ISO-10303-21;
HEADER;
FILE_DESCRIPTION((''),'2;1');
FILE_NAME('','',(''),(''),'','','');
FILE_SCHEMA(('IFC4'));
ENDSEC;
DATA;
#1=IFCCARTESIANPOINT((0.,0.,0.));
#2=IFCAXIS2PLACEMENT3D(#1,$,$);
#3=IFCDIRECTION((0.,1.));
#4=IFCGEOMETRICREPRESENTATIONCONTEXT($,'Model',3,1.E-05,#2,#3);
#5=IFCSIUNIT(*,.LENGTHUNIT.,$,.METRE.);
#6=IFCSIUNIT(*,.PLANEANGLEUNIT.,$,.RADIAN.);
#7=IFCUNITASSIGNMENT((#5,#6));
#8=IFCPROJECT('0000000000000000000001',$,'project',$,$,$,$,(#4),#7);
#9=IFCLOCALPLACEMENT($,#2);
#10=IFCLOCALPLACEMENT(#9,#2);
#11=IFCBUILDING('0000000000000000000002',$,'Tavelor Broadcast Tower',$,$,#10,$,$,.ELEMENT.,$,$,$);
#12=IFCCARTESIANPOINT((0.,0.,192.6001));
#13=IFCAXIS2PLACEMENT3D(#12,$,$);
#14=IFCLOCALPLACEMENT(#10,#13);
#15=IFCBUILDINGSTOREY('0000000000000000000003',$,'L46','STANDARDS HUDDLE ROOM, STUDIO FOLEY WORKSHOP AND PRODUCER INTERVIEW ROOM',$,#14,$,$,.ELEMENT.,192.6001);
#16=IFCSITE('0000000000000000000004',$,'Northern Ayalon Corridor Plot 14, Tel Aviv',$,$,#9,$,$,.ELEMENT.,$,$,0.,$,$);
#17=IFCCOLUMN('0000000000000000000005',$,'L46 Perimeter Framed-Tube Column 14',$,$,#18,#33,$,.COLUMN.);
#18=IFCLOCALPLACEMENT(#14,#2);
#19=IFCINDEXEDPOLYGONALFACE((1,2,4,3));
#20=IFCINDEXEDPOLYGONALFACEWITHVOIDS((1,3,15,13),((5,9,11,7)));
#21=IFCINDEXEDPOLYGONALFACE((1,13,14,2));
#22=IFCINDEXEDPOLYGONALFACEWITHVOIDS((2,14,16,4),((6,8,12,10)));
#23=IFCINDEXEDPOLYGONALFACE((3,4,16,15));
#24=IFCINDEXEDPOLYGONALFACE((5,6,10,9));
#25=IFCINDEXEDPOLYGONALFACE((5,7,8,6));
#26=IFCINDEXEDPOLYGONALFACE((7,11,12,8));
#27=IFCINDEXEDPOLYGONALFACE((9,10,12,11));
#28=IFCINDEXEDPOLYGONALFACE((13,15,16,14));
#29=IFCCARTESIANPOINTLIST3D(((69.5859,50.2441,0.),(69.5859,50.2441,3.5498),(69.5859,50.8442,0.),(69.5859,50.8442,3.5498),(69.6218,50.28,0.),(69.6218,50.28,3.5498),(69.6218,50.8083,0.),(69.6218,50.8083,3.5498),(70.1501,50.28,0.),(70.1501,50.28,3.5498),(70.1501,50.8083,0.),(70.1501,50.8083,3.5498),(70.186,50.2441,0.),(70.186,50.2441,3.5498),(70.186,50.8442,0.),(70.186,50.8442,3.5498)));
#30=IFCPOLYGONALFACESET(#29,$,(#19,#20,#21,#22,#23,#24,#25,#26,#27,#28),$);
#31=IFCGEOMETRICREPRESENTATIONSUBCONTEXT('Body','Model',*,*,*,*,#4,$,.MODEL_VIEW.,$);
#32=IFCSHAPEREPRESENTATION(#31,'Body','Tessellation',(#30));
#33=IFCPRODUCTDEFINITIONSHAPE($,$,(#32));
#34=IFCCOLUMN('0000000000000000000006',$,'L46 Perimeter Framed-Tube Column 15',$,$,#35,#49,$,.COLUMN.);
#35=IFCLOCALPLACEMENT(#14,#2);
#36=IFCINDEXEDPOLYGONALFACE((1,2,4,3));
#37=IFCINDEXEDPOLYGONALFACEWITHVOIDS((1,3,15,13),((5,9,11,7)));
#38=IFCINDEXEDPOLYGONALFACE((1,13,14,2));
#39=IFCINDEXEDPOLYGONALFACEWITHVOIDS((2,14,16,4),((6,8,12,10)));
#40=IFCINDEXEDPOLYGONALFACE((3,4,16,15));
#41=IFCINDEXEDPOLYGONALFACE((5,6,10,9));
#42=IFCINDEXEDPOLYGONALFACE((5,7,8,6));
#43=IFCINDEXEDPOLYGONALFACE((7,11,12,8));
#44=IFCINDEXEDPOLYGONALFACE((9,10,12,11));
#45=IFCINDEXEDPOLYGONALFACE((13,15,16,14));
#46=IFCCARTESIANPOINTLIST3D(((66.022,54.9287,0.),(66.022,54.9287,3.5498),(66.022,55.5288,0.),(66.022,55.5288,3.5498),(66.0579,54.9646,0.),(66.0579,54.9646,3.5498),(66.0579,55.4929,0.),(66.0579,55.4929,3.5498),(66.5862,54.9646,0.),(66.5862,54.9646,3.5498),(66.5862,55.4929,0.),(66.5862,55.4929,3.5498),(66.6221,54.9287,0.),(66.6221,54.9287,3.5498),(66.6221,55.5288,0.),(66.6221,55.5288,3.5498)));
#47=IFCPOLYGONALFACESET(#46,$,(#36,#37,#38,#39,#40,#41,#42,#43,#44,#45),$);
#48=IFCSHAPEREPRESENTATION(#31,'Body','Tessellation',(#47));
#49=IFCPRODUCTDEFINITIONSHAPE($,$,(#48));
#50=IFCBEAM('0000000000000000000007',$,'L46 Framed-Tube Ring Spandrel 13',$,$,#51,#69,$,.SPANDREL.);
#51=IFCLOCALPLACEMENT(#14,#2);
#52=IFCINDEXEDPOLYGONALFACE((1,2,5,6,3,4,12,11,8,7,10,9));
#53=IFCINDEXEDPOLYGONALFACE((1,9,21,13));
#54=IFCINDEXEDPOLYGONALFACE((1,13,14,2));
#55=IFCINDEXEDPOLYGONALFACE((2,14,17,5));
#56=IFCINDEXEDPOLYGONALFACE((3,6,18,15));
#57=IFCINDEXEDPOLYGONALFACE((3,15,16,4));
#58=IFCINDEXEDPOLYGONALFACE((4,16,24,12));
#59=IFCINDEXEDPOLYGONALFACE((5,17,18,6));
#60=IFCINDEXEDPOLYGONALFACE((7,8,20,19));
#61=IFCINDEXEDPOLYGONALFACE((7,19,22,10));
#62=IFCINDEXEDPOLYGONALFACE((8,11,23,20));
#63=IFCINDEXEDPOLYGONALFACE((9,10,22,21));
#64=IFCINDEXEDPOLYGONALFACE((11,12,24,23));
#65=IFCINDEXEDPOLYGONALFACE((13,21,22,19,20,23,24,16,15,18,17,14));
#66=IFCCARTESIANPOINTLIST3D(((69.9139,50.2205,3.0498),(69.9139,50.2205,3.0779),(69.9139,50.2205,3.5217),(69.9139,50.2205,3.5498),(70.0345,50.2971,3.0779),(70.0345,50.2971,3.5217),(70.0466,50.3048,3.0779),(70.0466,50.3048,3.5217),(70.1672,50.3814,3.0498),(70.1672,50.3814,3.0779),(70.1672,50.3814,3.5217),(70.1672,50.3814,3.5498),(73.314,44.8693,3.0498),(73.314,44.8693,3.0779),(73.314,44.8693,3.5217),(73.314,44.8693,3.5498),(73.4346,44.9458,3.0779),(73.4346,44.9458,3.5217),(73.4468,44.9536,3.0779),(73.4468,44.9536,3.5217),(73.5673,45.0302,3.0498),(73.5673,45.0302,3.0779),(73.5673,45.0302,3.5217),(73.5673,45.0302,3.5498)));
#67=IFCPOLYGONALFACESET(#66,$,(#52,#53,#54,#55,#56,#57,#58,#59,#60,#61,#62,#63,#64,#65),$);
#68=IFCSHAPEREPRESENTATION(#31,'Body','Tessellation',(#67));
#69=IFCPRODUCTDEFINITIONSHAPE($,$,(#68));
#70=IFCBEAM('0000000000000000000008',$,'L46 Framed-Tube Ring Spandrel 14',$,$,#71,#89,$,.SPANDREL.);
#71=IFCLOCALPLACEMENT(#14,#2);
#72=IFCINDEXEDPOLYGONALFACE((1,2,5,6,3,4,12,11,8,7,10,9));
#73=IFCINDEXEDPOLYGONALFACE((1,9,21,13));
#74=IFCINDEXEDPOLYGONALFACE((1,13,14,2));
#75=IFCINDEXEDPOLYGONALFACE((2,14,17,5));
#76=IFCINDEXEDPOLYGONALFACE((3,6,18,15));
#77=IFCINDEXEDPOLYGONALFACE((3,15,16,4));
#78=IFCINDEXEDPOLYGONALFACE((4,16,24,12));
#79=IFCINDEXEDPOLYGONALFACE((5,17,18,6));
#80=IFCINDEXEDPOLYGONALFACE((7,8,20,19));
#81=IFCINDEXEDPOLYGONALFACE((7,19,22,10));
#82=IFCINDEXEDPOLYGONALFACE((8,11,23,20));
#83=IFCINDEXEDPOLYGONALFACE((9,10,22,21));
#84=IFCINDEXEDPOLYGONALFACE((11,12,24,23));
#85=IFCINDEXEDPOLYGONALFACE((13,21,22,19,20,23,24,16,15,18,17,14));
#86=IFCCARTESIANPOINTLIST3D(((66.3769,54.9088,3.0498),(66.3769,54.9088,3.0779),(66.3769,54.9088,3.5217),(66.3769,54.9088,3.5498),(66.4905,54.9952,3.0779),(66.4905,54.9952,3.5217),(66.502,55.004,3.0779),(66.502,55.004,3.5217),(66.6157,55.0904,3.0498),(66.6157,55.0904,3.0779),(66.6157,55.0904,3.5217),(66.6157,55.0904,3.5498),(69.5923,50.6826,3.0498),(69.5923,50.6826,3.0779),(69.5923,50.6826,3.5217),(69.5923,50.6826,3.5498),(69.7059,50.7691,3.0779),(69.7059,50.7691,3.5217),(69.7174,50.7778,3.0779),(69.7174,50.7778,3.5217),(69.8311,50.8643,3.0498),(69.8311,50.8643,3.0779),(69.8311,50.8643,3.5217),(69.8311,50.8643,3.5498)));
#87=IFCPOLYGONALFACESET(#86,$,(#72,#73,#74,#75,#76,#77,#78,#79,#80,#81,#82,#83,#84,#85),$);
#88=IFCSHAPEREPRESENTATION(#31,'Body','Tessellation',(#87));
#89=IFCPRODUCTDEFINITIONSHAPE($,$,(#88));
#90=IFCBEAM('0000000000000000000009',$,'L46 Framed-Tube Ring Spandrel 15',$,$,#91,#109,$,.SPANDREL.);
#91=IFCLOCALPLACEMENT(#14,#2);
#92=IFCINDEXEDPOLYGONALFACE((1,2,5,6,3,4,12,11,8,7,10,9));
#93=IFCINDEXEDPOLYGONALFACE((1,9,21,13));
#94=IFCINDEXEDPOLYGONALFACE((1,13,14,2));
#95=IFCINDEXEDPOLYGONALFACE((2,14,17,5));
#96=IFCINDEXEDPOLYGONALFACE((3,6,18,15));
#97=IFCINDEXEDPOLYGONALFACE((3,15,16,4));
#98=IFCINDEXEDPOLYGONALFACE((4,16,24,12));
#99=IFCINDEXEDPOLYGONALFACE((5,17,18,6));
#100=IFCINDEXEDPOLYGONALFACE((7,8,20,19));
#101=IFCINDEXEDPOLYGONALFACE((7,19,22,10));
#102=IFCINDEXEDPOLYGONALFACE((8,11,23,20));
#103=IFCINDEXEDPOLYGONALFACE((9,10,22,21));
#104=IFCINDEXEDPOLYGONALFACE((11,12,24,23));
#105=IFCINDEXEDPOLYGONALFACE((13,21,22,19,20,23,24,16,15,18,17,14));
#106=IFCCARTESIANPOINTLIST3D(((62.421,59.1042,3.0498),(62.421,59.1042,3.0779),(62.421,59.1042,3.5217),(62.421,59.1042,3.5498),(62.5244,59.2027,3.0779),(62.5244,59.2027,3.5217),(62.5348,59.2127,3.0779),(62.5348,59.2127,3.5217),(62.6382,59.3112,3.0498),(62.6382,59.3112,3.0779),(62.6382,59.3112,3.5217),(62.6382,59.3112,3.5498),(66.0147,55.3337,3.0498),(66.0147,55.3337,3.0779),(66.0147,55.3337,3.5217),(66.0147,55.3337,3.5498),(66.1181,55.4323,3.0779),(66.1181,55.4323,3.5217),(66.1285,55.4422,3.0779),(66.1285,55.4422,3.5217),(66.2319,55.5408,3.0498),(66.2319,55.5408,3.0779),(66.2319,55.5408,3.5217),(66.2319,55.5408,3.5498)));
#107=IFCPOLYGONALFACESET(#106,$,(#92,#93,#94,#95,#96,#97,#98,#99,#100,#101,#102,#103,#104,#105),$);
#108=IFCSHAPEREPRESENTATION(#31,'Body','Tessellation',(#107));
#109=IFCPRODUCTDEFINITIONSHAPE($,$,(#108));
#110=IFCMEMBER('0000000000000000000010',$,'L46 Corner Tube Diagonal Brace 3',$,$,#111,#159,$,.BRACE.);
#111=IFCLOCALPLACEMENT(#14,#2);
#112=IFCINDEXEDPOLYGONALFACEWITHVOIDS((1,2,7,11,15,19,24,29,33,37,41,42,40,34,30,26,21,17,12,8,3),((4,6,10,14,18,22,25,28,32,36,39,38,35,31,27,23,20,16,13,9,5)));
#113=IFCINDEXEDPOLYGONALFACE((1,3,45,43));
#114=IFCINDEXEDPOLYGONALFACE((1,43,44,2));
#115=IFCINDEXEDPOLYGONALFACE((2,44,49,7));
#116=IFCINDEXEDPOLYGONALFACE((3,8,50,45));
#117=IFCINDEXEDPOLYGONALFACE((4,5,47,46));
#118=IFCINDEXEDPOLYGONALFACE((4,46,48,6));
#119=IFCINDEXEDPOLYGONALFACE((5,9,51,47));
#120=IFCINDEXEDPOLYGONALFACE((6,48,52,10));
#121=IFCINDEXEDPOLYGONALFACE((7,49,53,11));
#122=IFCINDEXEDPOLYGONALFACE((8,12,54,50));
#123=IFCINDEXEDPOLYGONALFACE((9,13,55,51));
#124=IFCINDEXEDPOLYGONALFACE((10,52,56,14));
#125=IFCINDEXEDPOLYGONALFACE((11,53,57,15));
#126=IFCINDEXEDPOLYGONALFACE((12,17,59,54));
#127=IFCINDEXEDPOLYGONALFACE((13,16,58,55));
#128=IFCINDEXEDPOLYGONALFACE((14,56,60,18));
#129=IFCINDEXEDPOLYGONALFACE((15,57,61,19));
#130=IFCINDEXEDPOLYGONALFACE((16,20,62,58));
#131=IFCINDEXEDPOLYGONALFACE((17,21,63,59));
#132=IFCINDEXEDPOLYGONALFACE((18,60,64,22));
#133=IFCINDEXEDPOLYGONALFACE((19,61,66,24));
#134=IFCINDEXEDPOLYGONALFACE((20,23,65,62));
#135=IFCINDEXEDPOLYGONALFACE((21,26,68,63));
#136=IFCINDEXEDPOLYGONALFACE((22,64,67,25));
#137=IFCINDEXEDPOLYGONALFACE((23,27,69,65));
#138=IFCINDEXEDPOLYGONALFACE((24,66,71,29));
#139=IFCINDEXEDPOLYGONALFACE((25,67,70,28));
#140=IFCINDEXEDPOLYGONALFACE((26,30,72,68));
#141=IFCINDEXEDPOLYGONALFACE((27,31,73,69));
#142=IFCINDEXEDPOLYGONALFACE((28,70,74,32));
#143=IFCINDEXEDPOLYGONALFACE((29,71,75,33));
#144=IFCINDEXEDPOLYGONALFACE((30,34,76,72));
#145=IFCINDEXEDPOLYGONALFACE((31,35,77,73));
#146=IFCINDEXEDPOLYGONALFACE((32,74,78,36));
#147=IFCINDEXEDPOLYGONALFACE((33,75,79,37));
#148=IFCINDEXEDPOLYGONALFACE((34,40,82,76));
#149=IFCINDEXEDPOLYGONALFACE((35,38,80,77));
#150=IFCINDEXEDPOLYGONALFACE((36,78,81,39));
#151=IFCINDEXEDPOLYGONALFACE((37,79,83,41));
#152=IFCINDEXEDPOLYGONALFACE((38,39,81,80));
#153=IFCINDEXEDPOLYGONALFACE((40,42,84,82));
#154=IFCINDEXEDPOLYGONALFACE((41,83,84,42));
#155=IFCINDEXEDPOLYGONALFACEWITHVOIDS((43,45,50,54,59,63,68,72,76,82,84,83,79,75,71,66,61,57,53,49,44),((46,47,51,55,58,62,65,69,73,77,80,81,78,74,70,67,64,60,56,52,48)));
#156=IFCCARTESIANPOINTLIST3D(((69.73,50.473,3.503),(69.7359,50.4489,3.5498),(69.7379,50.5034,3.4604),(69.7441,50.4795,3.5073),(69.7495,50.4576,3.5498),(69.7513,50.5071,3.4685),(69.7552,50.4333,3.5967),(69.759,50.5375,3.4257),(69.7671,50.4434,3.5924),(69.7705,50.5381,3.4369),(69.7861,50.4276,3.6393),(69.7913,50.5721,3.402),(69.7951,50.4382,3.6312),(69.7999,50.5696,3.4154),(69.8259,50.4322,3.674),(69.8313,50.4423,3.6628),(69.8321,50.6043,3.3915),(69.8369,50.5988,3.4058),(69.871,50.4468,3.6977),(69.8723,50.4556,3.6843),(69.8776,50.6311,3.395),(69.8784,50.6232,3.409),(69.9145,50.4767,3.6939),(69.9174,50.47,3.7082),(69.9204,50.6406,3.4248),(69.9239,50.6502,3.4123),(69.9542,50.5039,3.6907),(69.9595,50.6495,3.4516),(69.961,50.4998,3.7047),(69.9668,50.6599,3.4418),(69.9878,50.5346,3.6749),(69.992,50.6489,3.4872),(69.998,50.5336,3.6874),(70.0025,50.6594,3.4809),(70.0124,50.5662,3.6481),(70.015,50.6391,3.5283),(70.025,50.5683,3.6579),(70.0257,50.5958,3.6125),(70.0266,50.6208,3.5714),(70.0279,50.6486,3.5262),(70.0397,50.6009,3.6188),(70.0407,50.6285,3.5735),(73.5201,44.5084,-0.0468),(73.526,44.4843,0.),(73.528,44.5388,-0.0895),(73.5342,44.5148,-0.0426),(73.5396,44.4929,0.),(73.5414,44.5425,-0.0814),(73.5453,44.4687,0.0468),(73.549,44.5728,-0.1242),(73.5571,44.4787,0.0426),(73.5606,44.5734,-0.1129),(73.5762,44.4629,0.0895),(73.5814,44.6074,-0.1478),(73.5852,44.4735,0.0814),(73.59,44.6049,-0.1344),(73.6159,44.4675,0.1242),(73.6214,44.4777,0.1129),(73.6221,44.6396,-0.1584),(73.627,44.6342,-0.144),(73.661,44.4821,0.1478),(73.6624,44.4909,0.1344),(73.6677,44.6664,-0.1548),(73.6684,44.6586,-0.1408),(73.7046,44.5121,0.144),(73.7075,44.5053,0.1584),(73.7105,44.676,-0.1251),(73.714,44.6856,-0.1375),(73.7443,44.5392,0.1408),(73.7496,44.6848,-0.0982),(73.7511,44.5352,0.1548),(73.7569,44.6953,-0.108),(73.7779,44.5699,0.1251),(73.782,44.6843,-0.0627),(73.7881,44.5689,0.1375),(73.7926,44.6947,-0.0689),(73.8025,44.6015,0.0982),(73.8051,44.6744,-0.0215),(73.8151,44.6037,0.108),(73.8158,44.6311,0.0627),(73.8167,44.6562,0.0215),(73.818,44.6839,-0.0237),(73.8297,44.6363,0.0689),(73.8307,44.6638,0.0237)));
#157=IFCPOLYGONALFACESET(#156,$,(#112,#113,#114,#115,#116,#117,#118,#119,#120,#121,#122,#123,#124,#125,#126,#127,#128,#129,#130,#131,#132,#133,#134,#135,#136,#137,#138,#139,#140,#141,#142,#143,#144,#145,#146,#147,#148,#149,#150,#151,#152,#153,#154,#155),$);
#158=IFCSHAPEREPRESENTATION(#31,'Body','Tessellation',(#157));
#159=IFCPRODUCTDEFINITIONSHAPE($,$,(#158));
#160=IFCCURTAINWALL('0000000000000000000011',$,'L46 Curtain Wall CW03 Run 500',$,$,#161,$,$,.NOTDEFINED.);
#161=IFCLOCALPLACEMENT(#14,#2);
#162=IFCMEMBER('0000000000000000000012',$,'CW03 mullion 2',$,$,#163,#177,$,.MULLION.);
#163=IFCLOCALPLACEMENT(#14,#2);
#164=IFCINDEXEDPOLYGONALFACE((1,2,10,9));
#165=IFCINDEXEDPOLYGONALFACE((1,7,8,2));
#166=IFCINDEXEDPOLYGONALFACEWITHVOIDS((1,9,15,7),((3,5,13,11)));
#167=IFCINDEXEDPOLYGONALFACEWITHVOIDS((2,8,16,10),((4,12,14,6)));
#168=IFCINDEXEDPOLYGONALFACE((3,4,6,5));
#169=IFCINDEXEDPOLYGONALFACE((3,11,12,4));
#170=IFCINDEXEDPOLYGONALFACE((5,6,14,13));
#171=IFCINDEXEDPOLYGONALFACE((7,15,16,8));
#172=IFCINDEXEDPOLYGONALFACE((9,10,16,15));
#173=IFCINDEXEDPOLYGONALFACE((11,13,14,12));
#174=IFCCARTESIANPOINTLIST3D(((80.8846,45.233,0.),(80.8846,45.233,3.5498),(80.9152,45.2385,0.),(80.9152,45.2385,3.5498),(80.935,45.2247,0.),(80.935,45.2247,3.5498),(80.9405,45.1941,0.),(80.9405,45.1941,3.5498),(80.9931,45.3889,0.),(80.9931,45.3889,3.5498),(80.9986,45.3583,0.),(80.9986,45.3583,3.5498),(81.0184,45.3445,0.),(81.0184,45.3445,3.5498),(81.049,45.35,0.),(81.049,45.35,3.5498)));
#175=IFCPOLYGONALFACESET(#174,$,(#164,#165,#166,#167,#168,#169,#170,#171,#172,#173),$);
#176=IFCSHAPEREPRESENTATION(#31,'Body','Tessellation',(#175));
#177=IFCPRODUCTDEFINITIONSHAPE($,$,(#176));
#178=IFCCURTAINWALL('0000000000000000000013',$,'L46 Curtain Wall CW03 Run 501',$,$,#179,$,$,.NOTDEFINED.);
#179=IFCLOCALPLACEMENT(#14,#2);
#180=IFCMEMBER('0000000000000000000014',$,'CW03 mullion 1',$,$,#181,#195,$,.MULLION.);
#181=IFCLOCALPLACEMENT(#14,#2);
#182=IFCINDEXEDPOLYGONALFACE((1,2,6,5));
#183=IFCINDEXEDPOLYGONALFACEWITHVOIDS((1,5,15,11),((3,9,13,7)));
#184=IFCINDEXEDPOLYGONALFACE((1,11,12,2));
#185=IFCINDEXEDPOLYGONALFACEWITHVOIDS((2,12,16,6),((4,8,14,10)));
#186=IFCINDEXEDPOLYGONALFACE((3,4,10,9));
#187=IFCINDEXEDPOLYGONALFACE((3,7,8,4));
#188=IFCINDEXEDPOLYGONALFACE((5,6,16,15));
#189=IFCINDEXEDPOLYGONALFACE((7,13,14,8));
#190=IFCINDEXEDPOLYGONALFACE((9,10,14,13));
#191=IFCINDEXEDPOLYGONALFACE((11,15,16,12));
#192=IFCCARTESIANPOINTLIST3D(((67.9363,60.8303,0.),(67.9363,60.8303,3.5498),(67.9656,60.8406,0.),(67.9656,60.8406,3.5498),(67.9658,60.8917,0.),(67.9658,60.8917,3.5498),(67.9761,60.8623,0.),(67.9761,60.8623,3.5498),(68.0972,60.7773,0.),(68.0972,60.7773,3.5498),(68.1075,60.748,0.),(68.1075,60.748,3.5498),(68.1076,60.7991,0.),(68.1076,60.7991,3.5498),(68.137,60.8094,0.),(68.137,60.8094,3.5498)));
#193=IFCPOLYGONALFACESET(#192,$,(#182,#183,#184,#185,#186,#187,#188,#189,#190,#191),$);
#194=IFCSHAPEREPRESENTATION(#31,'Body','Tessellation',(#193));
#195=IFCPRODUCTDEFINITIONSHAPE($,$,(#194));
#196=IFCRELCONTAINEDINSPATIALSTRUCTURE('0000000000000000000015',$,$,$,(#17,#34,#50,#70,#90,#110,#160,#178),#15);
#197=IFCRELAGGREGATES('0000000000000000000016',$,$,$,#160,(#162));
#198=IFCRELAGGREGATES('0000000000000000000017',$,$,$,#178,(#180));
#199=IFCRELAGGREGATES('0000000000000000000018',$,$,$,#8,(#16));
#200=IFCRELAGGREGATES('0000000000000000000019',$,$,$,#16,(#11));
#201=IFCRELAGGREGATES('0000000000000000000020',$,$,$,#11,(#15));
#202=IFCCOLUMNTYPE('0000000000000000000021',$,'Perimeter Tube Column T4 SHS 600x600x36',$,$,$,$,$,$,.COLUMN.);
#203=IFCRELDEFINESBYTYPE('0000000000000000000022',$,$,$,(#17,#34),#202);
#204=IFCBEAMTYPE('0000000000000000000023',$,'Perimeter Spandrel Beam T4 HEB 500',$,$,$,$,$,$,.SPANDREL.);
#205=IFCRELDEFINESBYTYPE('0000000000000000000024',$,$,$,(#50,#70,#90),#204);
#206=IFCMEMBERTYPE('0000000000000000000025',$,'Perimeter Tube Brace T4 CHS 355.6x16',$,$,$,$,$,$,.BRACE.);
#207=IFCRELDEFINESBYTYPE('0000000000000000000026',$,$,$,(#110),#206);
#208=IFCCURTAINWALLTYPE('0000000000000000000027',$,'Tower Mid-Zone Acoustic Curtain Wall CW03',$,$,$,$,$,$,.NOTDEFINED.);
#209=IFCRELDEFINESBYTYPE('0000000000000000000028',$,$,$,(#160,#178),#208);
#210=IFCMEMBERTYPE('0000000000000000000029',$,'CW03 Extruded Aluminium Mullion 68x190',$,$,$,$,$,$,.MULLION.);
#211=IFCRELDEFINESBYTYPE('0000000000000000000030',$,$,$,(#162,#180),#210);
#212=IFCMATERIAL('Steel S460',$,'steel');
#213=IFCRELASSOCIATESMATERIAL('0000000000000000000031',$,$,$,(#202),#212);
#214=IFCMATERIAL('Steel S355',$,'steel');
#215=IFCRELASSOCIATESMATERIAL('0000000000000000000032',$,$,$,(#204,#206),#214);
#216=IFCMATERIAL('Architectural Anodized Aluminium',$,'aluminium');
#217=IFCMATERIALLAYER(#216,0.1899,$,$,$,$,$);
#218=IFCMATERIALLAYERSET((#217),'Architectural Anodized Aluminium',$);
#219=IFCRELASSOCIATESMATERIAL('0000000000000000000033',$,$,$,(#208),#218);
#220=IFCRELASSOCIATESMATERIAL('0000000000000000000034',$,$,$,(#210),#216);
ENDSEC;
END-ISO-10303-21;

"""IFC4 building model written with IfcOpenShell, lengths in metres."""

from ifc_helpers import new_model, si_unit, direction, frame, origin, origin_2d, place, context, subcontext, project, spatial, hollow_rectangle, hollow_circle, i_section, extrude, source, transform, mapped, material, layer, layer_set, material_profile, profile_set, type_object, type_shapes, element, aggregate, save


model = new_model("IFC4")

# Units and contexts
model_context = context("Model", 3, precision=1e-05, world=origin(), true_north=direction((0.0, 1.0)))
body_context = subcontext(model_context, "Body", "Model", "MODEL_VIEW")
ifc_project = project(units=[si_unit("LENGTHUNIT", "METRE"), si_unit("PLANEANGLEUNIT", "RADIAN")], contexts=[model_context])

# Site, building, storey
site_placement = place(None, origin())
site = spatial("IfcSite", under=ifc_project, at=site_placement, Name="Northern Ayalon Corridor Plot 14, Tel Aviv", CompositionType="ELEMENT", RefElevation=0.0)
building_placement = place(site_placement, origin())
building = spatial("IfcBuilding", under=site, at=building_placement, Name="Tavelor Broadcast Tower", CompositionType="ELEMENT")
storey_placement = place(building_placement, frame((0.0, 0.0, 192.6001)))
storey = spatial("IfcBuildingStorey", under=building, at=storey_placement, Name="L46", Description="STANDARDS HUDDLE ROOM, STUDIO FOLEY WORKSHOP AND PRODUCER INTERVIEW ROOM", CompositionType="ELEMENT", Elevation=192.6001)

# Columns
ifc_material_1 = material(Name="Steel S460", Category="steel")
ifc_material_profile_1 = material_profile(ifc_material_1, hollow_rectangle(XDim=0.6001, YDim=0.6001, WallThickness=0.0359, at=origin_2d()), Name="SHS 600x600x36")
ifc_profile_set_1 = profile_set([ifc_material_profile_1], Name="Steel S460")
column_type = type_object("IfcColumnType", Name="Perimeter Tube Column T4 SHS 600x600x36", PredefinedType="COLUMN", material=ifc_profile_set_1)
for number, where, z_axis, x_axis, name in (
    (1, (69.886, 50.5442, 0.0), (0.0, 0.0, 1.0), (1.0, 0.0, 0.0), "L46 Perimeter Framed-Tube Column 14"),
    (2, (66.322, 55.2288, 0.0), (0.0, 0.0, 1.0), (1.0, 0.0, 0.0), "L46 Perimeter Framed-Tube Column 15"),
):
    element("IfcColumn", number, at=place(storey_placement, frame(where, z_axis=z_axis, x_axis=x_axis)), inside=storey, type_object=column_type, Name=name, PredefinedType="COLUMN", context=body_context, shape_type="SweptSolid", body=[
        extrude(hollow_rectangle(XDim=0.6001, YDim=0.6001, WallThickness=0.0359, at=origin_2d()), origin(), (0.0, 0.0, 1.0), 3.5498),
    ])

# Beams
ifc_material_2 = material(Name="Steel S355", Category="steel")
ifc_material_profile_2 = material_profile(ifc_material_2, i_section(OverallWidth=0.3, OverallDepth=0.5, WebThickness=0.0144, FlangeThickness=0.0281, at=origin_2d()), Name="HEB 500")
ifc_profile_set_2 = profile_set([ifc_material_profile_2], Name="Steel S355")
beam_type = type_object("IfcBeamType", Name="Perimeter Spandrel Beam T4 HEB 500", PredefinedType="SPANDREL", material=ifc_profile_set_2)
beam_1_placement = place(storey_placement, frame((73.4407, 44.9497, 3.2998), z_axis=(-0.536287, 0.844035, 0.0), x_axis=(-0.844035, -0.536287, 0.0)))
element("IfcBeam", 3, at=beam_1_placement, inside=storey, type_object=beam_type, Name="L46 Framed-Tube Ring Spandrel 13", PredefinedType="SPANDREL", context=body_context, shape_type="SweptSolid", body=[
    extrude(i_section(OverallWidth=0.3, OverallDepth=0.5, WebThickness=0.0144, FlangeThickness=0.0281, at=origin_2d()), origin(), (0.0, 0.0, 1.0), 6.3401),
])
beam_2_placement = place(storey_placement, frame((69.7117, 50.7734, 3.2998), z_axis=(-0.605503, 0.795843, 0.0), x_axis=(-0.795843, -0.605503, 0.0)))
element("IfcBeam", 4, at=beam_2_placement, inside=storey, type_object=beam_type, Name="L46 Framed-Tube Ring Spandrel 14", PredefinedType="SPANDREL", context=body_context, shape_type="SweptSolid", body=[
    extrude(i_section(OverallWidth=0.3, OverallDepth=0.5, WebThickness=0.0144, FlangeThickness=0.0281, at=origin_2d()), origin(), (0.0, 0.0, 1.0), 5.3103),
])
beam_3_placement = place(storey_placement, frame((66.1233, 55.4373, 3.2998), z_axis=(-0.689936, 0.72387, 0.0), x_axis=(-0.72387, -0.689936, 0.0)))
element("IfcBeam", 5, at=beam_3_placement, inside=storey, type_object=beam_type, Name="L46 Framed-Tube Ring Spandrel 15", PredefinedType="SPANDREL", context=body_context, shape_type="SweptSolid", body=[
    extrude(i_section(OverallWidth=0.3, OverallDepth=0.5, WebThickness=0.0144, FlangeThickness=0.0281, at=origin_2d()), origin(), (0.0, 0.0, 1.0), 5.2087),
])

# Member
ifc_material_profile_3 = material_profile(ifc_material_2, hollow_circle(Radius=0.1777, WallThickness=0.0161, at=origin_2d()), Name="CHS 355.6x16")
ifc_profile_set_3 = profile_set([ifc_material_profile_3], Name="Steel S355")
member_type_1 = type_object("IfcMemberType", Name="Perimeter Tube Brace T4 CHS 355.6x16", PredefinedType="BRACE", material=ifc_profile_set_3)
member_1_placement = place(storey_placement, frame((73.676, 44.5796, 0.0), z_axis=(-0.479245, 0.754216, 0.448868), x_axis=(-0.844021, -0.53631, 0.0)))
element("IfcMember", 6, at=member_1_placement, inside=storey, type_object=member_type_1, Name="L46 Corner Tube Diagonal Brace 3", PredefinedType="BRACE", context=body_context, shape_type="SweptSolid", body=[
    extrude(hollow_circle(Radius=0.1777, WallThickness=0.0161, at=origin_2d()), origin(), (0.0, 0.0, 1.0), 7.9084),
])

# Curtain wall, member
ifc_material_3 = material(Name="Architectural Anodized Aluminium", Category="aluminium")
ifc_layer_1 = layer(ifc_material_3, 0.1899)
ifc_layer_set_1 = layer_set([ifc_layer_1], Name="Architectural Anodized Aluminium")
curtain_wall_type = type_object("IfcCurtainWallType", Name="Tower Mid-Zone Acoustic Curtain Wall CW03", PredefinedType="NOTDEFINED", material=ifc_layer_set_1)
curtain_wall_1_placement = place(storey_placement, origin())
curtain_wall_1 = element("IfcCurtainWall", 7, at=curtain_wall_1_placement, inside=storey, type_object=curtain_wall_type, Name="L46 Curtain Wall CW03 Run 500", PredefinedType="NOTDEFINED")
ifc_material_profile_4 = material_profile(ifc_material_3, hollow_rectangle(XDim=0.0681, YDim=0.1899, WallThickness=0.022, at=origin_2d()), Name="RHS 68x190x22")
ifc_profile_set_4 = profile_set([ifc_material_profile_4], Name="Architectural Anodized Aluminium")
member_type_2 = type_object("IfcMemberType", Name="CW03 Extruded Aluminium Mullion 68x190", PredefinedType="MULLION", material=ifc_profile_set_4)
shared_shape_1 = source(origin(), body_context, "Body", "SweptSolid", [
    extrude(hollow_rectangle(XDim=0.0681, YDim=0.1899, WallThickness=0.022, at=origin_2d()), origin(), (0.0, 0.0, 1.0), 3.5498),
])
type_shapes(member_type_2, [shared_shape_1])
member_2_placement = place(storey_placement, frame((80.9668, 45.2915, 0.0), z_axis=(0.0, 0.0, 1.0), x_axis=(-0.820908, 0.57106, 0.0)))
member_2 = element("IfcMember", 8, at=member_2_placement, type_object=member_type_2, Name="CW03 mullion 2", PredefinedType="MULLION", context=body_context, shape_type="MappedRepresentation", body=[
    mapped(shared_shape_1, transform((0.0, 0.0, 0.0), scale=1.0)),
])
aggregate(curtain_wall_1, [member_2])

# Curtain wall, member
curtain_wall_2_placement = place(storey_placement, origin())
curtain_wall_2 = element("IfcCurtainWall", 9, at=curtain_wall_2_placement, inside=storey, type_object=curtain_wall_type, Name="L46 Curtain Wall CW03 Run 501", PredefinedType="NOTDEFINED")
member_3_placement = place(storey_placement, frame((68.0366, 60.8198, 0.0), z_axis=(0.0, 0.0, 1.0), x_axis=(-0.43326, -0.901269, 0.0)))
member_3 = element("IfcMember", 10, at=member_3_placement, type_object=member_type_2, Name="CW03 mullion 1", PredefinedType="MULLION", context=body_context, shape_type="MappedRepresentation", body=[
    mapped(shared_shape_1, transform((0.0, 0.0, 0.0), scale=1.0)),
])

aggregate(curtain_wall_2, [member_3])

save(model, "model.ifc")
